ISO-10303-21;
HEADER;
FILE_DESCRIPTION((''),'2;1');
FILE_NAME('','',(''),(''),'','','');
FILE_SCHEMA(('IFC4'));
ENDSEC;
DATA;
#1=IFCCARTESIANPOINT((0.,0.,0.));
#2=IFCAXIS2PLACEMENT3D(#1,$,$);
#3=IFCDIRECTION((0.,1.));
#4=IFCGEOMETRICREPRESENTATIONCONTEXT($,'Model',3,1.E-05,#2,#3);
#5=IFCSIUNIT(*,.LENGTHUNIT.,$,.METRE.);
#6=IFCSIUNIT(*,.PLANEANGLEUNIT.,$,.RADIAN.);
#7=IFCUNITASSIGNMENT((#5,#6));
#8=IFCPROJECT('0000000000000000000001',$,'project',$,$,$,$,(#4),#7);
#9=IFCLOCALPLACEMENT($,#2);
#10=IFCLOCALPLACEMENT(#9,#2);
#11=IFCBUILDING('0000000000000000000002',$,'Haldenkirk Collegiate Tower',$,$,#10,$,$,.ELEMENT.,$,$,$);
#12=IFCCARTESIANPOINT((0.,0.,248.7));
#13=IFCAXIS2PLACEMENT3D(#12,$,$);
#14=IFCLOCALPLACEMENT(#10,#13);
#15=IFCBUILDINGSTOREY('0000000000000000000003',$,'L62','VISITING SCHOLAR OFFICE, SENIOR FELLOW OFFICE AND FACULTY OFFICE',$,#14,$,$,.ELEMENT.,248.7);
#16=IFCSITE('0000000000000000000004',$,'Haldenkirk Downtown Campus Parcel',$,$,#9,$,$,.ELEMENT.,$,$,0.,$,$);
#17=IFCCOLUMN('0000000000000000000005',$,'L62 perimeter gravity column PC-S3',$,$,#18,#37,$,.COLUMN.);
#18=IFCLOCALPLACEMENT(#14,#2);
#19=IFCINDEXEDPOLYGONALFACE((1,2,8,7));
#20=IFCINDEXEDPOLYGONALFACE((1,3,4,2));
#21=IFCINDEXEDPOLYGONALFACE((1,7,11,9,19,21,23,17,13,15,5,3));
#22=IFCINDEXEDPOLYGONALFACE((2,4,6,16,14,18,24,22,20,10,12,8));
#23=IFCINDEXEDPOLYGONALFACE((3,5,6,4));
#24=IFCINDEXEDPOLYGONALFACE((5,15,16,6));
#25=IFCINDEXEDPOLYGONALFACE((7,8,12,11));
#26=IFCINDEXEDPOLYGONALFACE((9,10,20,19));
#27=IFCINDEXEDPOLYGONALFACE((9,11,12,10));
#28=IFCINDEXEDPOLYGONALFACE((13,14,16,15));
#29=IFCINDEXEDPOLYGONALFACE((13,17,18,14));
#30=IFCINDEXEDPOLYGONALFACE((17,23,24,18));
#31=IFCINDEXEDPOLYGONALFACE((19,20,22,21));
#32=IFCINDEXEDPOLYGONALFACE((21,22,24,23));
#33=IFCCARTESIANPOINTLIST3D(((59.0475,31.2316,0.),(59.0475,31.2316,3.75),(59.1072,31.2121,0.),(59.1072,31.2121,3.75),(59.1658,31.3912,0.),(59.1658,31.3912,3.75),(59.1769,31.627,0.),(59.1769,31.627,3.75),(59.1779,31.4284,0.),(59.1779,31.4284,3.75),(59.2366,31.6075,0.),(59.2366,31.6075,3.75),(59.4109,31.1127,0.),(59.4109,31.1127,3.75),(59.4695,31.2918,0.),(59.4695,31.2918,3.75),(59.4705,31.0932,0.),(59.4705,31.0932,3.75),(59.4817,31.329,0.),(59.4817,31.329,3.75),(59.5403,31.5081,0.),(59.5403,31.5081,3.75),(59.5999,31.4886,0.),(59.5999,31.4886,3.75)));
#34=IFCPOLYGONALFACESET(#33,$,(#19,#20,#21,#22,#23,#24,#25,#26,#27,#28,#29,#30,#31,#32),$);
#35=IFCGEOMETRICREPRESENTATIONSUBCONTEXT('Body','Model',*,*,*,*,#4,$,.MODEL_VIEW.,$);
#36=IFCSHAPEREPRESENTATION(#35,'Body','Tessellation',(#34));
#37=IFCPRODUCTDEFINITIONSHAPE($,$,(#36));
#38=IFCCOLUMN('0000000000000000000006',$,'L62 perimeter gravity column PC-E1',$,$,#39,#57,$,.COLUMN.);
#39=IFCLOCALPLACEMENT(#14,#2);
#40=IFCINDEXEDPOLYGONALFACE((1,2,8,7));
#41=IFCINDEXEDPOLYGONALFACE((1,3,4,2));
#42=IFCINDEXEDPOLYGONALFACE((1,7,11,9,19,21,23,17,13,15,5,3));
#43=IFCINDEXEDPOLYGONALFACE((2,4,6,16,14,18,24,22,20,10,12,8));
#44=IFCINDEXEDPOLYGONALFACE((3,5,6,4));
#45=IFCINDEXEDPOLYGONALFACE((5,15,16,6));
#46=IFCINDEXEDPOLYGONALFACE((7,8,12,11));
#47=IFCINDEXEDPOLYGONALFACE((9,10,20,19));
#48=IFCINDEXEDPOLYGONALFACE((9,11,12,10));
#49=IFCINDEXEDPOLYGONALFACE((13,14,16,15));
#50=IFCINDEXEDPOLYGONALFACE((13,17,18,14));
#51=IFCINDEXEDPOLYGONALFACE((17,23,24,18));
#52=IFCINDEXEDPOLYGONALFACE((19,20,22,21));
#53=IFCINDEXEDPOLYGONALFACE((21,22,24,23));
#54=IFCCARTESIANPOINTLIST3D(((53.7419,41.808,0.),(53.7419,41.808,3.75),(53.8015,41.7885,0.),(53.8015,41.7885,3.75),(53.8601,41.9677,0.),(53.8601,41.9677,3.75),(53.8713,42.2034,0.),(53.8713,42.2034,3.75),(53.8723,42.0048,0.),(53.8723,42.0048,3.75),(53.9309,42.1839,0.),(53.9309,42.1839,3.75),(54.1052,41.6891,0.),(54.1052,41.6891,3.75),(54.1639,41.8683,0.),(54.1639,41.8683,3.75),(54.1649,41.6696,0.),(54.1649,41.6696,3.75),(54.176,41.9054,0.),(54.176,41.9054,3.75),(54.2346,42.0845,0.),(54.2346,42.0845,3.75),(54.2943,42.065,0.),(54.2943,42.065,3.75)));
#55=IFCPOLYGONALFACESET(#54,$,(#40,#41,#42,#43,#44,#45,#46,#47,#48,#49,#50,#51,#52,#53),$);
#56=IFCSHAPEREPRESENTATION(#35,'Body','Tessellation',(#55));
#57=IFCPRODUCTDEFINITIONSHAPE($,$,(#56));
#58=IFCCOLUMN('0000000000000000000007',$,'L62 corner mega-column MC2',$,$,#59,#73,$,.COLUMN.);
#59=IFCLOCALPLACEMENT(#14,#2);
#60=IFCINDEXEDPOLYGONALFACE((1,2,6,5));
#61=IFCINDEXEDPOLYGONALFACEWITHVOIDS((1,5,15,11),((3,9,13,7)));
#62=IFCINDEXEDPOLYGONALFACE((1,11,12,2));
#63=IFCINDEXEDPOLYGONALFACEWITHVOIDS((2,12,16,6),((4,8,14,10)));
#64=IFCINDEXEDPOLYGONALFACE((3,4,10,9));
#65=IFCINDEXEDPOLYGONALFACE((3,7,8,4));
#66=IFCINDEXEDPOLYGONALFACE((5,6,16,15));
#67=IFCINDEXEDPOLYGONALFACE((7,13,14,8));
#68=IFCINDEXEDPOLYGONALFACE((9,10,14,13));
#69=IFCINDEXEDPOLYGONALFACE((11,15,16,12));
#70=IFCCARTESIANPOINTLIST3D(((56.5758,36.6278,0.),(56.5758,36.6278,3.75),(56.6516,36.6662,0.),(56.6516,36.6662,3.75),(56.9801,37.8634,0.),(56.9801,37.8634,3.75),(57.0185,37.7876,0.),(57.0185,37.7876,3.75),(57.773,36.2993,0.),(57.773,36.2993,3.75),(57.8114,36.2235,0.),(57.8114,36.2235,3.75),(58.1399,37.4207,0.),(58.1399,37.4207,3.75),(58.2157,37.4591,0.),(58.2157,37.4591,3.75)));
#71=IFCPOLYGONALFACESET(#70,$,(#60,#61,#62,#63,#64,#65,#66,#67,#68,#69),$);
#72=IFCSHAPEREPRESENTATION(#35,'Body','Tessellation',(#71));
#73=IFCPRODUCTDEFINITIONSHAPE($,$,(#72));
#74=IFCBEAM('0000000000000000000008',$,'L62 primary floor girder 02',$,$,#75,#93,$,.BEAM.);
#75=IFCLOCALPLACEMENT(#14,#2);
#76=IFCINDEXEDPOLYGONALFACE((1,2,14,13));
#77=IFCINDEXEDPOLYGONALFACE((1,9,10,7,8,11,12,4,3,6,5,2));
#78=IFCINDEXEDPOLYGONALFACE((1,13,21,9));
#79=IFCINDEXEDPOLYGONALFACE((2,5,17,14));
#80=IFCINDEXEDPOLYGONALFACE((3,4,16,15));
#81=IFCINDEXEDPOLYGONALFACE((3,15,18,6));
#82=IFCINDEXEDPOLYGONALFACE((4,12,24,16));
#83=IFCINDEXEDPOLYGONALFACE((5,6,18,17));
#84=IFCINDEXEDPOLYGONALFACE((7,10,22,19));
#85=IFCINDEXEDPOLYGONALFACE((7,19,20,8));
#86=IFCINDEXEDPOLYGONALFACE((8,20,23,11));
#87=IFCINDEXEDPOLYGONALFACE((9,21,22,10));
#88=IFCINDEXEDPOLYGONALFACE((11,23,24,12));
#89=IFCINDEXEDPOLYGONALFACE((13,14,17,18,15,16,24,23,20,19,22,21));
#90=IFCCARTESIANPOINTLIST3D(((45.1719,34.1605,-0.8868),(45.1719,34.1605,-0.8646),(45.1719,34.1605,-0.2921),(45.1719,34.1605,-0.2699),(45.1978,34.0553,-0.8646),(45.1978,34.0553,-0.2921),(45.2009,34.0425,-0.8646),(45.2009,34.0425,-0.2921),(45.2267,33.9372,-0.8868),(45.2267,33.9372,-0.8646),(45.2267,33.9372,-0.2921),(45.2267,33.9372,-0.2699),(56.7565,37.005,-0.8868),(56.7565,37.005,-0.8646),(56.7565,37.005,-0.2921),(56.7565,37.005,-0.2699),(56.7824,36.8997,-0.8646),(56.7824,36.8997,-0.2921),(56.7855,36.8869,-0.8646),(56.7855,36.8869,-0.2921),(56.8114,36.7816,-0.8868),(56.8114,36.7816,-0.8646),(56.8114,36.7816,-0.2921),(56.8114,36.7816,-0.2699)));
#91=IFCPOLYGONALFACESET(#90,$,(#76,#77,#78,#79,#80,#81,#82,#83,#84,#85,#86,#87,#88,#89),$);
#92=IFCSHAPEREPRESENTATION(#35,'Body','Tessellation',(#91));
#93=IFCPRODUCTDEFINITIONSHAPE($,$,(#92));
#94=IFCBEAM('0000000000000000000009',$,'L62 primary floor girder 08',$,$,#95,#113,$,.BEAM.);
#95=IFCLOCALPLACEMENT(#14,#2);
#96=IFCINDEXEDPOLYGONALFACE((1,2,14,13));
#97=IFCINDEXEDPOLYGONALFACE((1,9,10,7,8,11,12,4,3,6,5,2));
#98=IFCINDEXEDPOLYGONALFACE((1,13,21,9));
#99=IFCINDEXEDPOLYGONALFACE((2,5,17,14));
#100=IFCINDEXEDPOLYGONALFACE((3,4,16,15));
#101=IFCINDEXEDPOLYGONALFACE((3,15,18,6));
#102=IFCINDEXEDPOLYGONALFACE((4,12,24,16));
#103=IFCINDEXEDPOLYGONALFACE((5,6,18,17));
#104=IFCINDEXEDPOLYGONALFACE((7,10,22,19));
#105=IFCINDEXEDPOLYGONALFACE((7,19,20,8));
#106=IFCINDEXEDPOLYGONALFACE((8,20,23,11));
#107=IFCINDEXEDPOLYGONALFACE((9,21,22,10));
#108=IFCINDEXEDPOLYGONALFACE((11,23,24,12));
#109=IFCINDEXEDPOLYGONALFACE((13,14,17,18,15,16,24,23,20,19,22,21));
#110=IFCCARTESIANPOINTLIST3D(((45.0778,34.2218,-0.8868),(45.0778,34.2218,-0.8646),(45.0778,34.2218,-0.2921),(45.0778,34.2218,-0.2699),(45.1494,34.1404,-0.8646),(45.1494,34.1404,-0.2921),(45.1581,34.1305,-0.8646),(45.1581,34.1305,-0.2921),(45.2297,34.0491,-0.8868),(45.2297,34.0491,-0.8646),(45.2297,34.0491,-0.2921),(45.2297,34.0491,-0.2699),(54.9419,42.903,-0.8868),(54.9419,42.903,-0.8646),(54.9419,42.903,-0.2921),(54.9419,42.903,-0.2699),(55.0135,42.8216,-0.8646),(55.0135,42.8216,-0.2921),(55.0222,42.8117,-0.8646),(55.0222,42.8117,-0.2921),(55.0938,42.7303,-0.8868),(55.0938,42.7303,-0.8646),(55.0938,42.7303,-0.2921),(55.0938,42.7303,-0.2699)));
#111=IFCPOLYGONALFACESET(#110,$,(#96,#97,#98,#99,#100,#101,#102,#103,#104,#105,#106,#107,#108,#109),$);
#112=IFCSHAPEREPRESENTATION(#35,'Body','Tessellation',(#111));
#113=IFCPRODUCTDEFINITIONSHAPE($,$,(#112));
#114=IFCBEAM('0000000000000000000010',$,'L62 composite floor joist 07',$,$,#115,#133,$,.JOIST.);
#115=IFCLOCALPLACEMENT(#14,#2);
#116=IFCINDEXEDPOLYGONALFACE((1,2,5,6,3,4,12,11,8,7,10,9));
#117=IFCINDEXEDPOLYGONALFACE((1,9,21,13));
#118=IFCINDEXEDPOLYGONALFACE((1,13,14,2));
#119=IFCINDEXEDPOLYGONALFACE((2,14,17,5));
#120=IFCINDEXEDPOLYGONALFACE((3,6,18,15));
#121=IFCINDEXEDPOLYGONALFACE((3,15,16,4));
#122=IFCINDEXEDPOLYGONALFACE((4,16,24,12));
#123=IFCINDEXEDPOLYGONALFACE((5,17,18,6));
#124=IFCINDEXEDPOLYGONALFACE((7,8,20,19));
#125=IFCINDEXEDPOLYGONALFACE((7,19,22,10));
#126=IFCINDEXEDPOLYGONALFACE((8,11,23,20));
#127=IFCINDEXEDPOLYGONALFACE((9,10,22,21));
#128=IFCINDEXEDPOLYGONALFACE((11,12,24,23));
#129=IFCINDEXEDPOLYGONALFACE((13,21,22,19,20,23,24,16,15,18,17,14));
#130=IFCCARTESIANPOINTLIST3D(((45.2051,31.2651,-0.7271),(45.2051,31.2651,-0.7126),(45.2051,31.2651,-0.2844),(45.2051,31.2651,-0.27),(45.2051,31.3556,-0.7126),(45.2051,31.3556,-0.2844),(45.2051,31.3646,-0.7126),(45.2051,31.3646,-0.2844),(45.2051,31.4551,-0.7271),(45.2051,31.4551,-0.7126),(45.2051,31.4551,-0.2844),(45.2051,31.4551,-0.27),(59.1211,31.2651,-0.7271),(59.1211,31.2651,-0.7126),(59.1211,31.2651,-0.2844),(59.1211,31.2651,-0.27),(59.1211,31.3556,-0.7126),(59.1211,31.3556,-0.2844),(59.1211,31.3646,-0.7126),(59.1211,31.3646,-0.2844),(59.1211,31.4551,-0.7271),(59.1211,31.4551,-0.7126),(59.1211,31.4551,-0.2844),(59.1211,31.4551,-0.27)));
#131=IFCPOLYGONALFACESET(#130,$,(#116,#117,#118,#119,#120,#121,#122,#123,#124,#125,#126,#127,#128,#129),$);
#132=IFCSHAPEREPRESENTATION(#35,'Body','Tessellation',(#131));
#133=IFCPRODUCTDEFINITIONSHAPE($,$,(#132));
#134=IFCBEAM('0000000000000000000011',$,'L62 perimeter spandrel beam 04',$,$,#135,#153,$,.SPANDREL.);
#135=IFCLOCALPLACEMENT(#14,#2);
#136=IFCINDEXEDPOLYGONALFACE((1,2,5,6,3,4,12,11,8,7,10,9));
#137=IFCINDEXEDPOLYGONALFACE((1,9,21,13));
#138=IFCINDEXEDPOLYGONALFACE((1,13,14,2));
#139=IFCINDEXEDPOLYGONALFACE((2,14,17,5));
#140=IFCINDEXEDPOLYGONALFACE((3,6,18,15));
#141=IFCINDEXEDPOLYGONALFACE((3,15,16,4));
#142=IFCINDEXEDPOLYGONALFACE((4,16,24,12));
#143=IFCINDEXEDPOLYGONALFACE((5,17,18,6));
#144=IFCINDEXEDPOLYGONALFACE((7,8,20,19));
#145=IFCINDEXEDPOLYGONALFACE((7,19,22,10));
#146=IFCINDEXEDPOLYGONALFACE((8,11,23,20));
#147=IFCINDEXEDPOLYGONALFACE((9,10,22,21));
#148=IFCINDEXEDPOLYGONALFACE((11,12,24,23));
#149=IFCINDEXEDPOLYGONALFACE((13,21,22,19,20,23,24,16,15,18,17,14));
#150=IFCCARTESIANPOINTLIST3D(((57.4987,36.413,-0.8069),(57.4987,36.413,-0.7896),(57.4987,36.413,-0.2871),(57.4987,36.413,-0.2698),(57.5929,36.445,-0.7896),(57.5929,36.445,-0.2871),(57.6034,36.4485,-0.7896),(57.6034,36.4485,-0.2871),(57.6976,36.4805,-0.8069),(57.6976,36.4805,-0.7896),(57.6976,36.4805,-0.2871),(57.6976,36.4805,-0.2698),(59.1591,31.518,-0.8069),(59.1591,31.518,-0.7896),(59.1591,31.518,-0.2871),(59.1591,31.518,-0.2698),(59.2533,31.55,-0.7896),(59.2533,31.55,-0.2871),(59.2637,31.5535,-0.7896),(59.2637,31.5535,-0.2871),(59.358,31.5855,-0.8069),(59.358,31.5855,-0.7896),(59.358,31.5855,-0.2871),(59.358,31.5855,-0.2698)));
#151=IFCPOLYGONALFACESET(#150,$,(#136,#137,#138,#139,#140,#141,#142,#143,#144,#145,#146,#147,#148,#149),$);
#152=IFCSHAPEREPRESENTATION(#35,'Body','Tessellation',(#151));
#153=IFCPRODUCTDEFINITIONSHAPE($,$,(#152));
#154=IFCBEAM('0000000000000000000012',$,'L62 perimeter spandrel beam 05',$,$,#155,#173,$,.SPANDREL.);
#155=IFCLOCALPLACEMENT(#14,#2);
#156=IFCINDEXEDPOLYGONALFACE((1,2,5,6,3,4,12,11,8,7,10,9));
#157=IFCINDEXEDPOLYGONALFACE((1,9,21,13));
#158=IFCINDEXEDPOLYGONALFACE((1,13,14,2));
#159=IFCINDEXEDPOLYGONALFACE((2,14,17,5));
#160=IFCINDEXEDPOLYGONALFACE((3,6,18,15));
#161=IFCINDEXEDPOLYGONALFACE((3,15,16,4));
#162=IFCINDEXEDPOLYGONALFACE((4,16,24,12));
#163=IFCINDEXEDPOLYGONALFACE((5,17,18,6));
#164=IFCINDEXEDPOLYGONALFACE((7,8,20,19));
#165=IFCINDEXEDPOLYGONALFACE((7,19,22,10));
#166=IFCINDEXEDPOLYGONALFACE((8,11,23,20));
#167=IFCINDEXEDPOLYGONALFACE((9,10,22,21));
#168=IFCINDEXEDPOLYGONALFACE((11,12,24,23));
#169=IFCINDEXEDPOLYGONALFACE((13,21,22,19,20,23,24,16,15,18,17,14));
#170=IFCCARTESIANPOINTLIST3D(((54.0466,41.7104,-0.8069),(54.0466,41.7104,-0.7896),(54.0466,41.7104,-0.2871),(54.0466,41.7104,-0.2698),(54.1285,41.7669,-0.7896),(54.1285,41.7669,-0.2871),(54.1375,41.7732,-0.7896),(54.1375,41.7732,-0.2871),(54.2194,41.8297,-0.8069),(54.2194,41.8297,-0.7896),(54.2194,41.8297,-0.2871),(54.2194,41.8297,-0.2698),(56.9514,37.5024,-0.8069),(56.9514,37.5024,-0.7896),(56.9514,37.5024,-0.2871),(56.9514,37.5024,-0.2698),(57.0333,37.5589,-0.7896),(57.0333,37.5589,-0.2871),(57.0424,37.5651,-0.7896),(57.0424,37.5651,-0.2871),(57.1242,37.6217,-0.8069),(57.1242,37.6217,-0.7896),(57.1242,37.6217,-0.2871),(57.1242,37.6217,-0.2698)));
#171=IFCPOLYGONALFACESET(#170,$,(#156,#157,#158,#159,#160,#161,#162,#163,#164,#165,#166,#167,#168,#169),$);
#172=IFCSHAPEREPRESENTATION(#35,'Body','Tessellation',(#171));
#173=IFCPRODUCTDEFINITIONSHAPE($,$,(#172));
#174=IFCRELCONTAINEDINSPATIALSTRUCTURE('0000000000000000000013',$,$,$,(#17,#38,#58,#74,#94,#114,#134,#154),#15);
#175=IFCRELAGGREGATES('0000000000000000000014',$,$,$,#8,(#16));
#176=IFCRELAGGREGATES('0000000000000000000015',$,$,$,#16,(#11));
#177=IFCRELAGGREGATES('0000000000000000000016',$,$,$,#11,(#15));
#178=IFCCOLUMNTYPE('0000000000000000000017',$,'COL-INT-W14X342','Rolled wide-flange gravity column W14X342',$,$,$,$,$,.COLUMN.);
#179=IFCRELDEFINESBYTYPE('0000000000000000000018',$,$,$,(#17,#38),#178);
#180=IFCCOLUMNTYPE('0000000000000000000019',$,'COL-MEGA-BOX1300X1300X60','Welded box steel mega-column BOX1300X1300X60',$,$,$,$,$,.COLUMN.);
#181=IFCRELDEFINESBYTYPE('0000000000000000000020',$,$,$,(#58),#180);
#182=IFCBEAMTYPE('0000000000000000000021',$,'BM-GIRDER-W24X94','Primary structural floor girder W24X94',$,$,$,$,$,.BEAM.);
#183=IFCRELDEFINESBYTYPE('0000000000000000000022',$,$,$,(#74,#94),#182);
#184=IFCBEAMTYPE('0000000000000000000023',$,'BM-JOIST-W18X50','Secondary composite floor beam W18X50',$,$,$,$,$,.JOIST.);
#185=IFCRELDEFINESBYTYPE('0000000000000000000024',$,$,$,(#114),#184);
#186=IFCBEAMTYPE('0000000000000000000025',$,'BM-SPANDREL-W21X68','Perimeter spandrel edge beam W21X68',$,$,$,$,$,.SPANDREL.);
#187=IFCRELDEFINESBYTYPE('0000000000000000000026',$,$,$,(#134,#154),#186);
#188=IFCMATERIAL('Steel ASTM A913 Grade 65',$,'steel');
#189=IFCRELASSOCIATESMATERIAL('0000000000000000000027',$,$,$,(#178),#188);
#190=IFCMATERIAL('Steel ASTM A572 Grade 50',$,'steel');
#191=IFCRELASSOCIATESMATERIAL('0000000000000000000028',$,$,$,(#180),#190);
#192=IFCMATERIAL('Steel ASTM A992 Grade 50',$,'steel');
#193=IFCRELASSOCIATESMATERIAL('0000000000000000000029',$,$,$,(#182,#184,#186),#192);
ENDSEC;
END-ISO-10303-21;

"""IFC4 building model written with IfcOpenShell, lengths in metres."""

from ifc_helpers import new_model, si_unit, direction, frame, origin, origin_2d, place, context, subcontext, project, spatial, hollow_rectangle, i_section, extrude, material, material_profile, profile_set, type_object, element, save


model = new_model("IFC4")

# Units and contexts
model_context = context("Model", 3, precision=1e-05, world=origin(), true_north=direction((0.0, 1.0)))
body_context = subcontext(model_context, "Body", "Model", "MODEL_VIEW")
ifc_project = project(units=[si_unit("LENGTHUNIT", "METRE"), si_unit("PLANEANGLEUNIT", "RADIAN")], contexts=[model_context])

# Site, building, storey
site_placement = place(None, origin())
site = spatial("IfcSite", under=ifc_project, at=site_placement, Name="Haldenkirk Downtown Campus Parcel", CompositionType="ELEMENT", RefElevation=0.0)
building_placement = place(site_placement, origin())
building = spatial("IfcBuilding", under=site, at=building_placement, Name="Haldenkirk Collegiate Tower", CompositionType="ELEMENT")
storey_placement = place(building_placement, frame((0.0, 0.0, 248.7)))
storey = spatial("IfcBuildingStorey", under=building, at=storey_placement, Name="L62", Description="VISITING SCHOLAR OFFICE, SENIOR FELLOW OFFICE AND FACULTY OFFICE", CompositionType="ELEMENT", Elevation=248.7)

# Columns
ifc_material_1 = material(Name="Steel ASTM A913 Grade 65", Category="steel")
ifc_material_profile_1 = material_profile(ifc_material_1, i_section(OverallWidth=0.416, OverallDepth=0.4451, WebThickness=0.0391, FlangeThickness=0.0627, at=origin_2d()), Name="W14X342")
ifc_profile_set_1 = profile_set([ifc_material_profile_1], Name="Steel ASTM A913 Grade 65")
column_type_1 = type_object("IfcColumnType", Name="COL-INT-W14X342", Description="Rolled wide-flange gravity column W14X342", PredefinedType="COLUMN", material=ifc_profile_set_1)
for number, where, z_axis, x_axis, name in (
    (1, (59.3237, 31.3601, 0.0), (0.0, 0.0, 1.0), (0.311008, 0.950407, 0.0), "L62 perimeter gravity column PC-S3"),
    (2, (54.0181, 41.9365, 0.0), (0.0, 0.0, 1.0), (0.311008, 0.950407, 0.0), "L62 perimeter gravity column PC-E1"),
):
    element("IfcColumn", number, at=place(storey_placement, frame(where, z_axis=z_axis, x_axis=x_axis)), inside=storey, type_object=column_type_1, Name=name, PredefinedType="COLUMN", context=body_context, shape_type="SweptSolid", body=[
        extrude(i_section(OverallWidth=0.416, OverallDepth=0.4451, WebThickness=0.0391, FlangeThickness=0.0627, at=origin_2d()), origin(), (0.0, 0.0, 1.0), 3.75),
    ])
ifc_material_2 = material(Name="Steel ASTM A572 Grade 50", Category="steel")
ifc_material_profile_2 = material_profile(ifc_material_2, hollow_rectangle(XDim=1.3, YDim=1.3, WallThickness=0.0601, at=origin_2d()), Name="BOX1300X1300X60")
ifc_profile_set_2 = profile_set([ifc_material_profile_2], Name="Steel ASTM A572 Grade 50")
column_type_2 = type_object("IfcColumnType", Name="COL-MEGA-BOX1300X1300X60", Description="Welded box steel mega-column BOX1300X1300X60", PredefinedType="COLUMN", material=ifc_profile_set_2)
column_placement = place(storey_placement, frame((57.3958, 37.0435, 0.0), z_axis=(0.0, 0.0, 1.0), x_axis=(0.311008, 0.950407, 0.0)))
element("IfcColumn", 3, at=column_placement, inside=storey, type_object=column_type_2, Name="L62 corner mega-column MC2", PredefinedType="COLUMN", context=body_context, shape_type="SweptSolid", body=[
    extrude(hollow_rectangle(XDim=1.3, YDim=1.3, WallThickness=0.0601, at=origin_2d()), origin(), (0.0, 0.0, 1.0), 3.75),
])

# Beams
ifc_material_3 = material(Name="Steel ASTM A992 Grade 50", Category="steel")
ifc_material_profile_3 = material_profile(ifc_material_3, i_section(OverallWidth=0.23, OverallDepth=0.6169, WebThickness=0.0132, FlangeThickness=0.0222, at=origin_2d()), Name="W24X94")
ifc_profile_set_3 = profile_set([ifc_material_profile_3], Name="Steel ASTM A992 Grade 50")
beam_type_1 = type_object("IfcBeamType", Name="BM-GIRDER-W24X94", Description="Primary structural floor girder W24X94", PredefinedType="BEAM", material=ifc_profile_set_3)
beam_1_placement = place(storey_placement, frame((56.7839, 36.8933, -0.5784), z_axis=(-0.971154, -0.238455, 0.0), x_axis=(0.238455, -0.971154, 0.0)))
element("IfcBeam", 4, at=beam_1_placement, inside=storey, type_object=beam_type_1, Name="L62 primary floor girder 02", PredefinedType="BEAM", context=body_context, shape_type="SweptSolid", body=[
    extrude(i_section(OverallWidth=0.23, OverallDepth=0.6169, WebThickness=0.0132, FlangeThickness=0.0222, at=origin_2d()), origin(), (0.0, 0.0, 1.0), 11.9287),
])
beam_2_placement = place(storey_placement, frame((55.0178, 42.8167, -0.5784), z_axis=(-0.750683, -0.660663, 0.0), x_axis=(0.660663, -0.750683, 0.0)))
element("IfcBeam", 5, at=beam_2_placement, inside=storey, type_object=beam_type_1, Name="L62 primary floor girder 08", PredefinedType="BEAM", context=body_context, shape_type="SweptSolid", body=[
    extrude(i_section(OverallWidth=0.23, OverallDepth=0.6169, WebThickness=0.0132, FlangeThickness=0.0222, at=origin_2d()), origin(), (0.0, 0.0, 1.0), 13.1401),
])
ifc_material_profile_4 = material_profile(ifc_material_3, i_section(OverallWidth=0.1899, OverallDepth=0.457, WebThickness=0.009, FlangeThickness=0.0144, at=origin_2d()), Name="W18X50")
ifc_profile_set_4 = profile_set([ifc_material_profile_4], Name="Steel ASTM A992 Grade 50")
beam_type_2 = type_object("IfcBeamType", Name="BM-JOIST-W18X50", Description="Secondary composite floor beam W18X50", PredefinedType="JOIST", material=ifc_profile_set_4)
beam_3_placement = place(storey_placement, frame((59.1211, 31.3601, -0.4985), z_axis=(-1.0, 0.0, 0.0), x_axis=(0.0, -1.0, 0.0)))
element("IfcBeam", 6, at=beam_3_placement, inside=storey, type_object=beam_type_2, Name="L62 composite floor joist 07", PredefinedType="JOIST", context=body_context, shape_type="SweptSolid", body=[
    extrude(i_section(OverallWidth=0.1899, OverallDepth=0.457, WebThickness=0.009, FlangeThickness=0.0144, at=origin_2d()), origin(), (0.0, 0.0, 1.0), 13.916),
])
ifc_material_profile_5 = material_profile(ifc_material_3, i_section(OverallWidth=0.21, OverallDepth=0.5371, WebThickness=0.011, FlangeThickness=0.0173, at=origin_2d()), Name="W21X68")
ifc_profile_set_5 = profile_set([ifc_material_profile_5], Name="Steel ASTM A992 Grade 50")
beam_type_3 = type_object("IfcBeamType", Name="BM-SPANDREL-W21X68", Description="Perimeter spandrel edge beam W21X68", PredefinedType="SPANDREL", material=ifc_profile_set_5)
beam_4_placement = place(storey_placement, frame((59.2585, 31.5518, -0.5383), z_axis=(-0.321225, 0.947003, 0.0), x_axis=(-0.947003, -0.321225, 0.0)))
element("IfcBeam", 7, at=beam_4_placement, inside=storey, type_object=beam_type_3, Name="L62 perimeter spandrel beam 04", PredefinedType="SPANDREL", context=body_context, shape_type="SweptSolid", body=[
    extrude(i_section(OverallWidth=0.21, OverallDepth=0.5371, WebThickness=0.011, FlangeThickness=0.0173, at=origin_2d()), origin(), (0.0, 0.0, 1.0), 5.1689),
])
beam_5_placement = place(storey_placement, frame((57.0378, 37.562, -0.5383), z_axis=(-0.568092, 0.822965, 0.0), x_axis=(-0.822965, -0.568092, 0.0)))
element("IfcBeam", 8, at=beam_5_placement, inside=storey, type_object=beam_type_3, Name="L62 perimeter spandrel beam 05", PredefinedType="SPANDREL", context=body_context, shape_type="SweptSolid", body=[
    extrude(i_section(OverallWidth=0.21, OverallDepth=0.5371, WebThickness=0.011, FlangeThickness=0.0173, at=origin_2d()), origin(), (0.0, 0.0, 1.0), 5.1133),
])

save(model, "model.ifc")
